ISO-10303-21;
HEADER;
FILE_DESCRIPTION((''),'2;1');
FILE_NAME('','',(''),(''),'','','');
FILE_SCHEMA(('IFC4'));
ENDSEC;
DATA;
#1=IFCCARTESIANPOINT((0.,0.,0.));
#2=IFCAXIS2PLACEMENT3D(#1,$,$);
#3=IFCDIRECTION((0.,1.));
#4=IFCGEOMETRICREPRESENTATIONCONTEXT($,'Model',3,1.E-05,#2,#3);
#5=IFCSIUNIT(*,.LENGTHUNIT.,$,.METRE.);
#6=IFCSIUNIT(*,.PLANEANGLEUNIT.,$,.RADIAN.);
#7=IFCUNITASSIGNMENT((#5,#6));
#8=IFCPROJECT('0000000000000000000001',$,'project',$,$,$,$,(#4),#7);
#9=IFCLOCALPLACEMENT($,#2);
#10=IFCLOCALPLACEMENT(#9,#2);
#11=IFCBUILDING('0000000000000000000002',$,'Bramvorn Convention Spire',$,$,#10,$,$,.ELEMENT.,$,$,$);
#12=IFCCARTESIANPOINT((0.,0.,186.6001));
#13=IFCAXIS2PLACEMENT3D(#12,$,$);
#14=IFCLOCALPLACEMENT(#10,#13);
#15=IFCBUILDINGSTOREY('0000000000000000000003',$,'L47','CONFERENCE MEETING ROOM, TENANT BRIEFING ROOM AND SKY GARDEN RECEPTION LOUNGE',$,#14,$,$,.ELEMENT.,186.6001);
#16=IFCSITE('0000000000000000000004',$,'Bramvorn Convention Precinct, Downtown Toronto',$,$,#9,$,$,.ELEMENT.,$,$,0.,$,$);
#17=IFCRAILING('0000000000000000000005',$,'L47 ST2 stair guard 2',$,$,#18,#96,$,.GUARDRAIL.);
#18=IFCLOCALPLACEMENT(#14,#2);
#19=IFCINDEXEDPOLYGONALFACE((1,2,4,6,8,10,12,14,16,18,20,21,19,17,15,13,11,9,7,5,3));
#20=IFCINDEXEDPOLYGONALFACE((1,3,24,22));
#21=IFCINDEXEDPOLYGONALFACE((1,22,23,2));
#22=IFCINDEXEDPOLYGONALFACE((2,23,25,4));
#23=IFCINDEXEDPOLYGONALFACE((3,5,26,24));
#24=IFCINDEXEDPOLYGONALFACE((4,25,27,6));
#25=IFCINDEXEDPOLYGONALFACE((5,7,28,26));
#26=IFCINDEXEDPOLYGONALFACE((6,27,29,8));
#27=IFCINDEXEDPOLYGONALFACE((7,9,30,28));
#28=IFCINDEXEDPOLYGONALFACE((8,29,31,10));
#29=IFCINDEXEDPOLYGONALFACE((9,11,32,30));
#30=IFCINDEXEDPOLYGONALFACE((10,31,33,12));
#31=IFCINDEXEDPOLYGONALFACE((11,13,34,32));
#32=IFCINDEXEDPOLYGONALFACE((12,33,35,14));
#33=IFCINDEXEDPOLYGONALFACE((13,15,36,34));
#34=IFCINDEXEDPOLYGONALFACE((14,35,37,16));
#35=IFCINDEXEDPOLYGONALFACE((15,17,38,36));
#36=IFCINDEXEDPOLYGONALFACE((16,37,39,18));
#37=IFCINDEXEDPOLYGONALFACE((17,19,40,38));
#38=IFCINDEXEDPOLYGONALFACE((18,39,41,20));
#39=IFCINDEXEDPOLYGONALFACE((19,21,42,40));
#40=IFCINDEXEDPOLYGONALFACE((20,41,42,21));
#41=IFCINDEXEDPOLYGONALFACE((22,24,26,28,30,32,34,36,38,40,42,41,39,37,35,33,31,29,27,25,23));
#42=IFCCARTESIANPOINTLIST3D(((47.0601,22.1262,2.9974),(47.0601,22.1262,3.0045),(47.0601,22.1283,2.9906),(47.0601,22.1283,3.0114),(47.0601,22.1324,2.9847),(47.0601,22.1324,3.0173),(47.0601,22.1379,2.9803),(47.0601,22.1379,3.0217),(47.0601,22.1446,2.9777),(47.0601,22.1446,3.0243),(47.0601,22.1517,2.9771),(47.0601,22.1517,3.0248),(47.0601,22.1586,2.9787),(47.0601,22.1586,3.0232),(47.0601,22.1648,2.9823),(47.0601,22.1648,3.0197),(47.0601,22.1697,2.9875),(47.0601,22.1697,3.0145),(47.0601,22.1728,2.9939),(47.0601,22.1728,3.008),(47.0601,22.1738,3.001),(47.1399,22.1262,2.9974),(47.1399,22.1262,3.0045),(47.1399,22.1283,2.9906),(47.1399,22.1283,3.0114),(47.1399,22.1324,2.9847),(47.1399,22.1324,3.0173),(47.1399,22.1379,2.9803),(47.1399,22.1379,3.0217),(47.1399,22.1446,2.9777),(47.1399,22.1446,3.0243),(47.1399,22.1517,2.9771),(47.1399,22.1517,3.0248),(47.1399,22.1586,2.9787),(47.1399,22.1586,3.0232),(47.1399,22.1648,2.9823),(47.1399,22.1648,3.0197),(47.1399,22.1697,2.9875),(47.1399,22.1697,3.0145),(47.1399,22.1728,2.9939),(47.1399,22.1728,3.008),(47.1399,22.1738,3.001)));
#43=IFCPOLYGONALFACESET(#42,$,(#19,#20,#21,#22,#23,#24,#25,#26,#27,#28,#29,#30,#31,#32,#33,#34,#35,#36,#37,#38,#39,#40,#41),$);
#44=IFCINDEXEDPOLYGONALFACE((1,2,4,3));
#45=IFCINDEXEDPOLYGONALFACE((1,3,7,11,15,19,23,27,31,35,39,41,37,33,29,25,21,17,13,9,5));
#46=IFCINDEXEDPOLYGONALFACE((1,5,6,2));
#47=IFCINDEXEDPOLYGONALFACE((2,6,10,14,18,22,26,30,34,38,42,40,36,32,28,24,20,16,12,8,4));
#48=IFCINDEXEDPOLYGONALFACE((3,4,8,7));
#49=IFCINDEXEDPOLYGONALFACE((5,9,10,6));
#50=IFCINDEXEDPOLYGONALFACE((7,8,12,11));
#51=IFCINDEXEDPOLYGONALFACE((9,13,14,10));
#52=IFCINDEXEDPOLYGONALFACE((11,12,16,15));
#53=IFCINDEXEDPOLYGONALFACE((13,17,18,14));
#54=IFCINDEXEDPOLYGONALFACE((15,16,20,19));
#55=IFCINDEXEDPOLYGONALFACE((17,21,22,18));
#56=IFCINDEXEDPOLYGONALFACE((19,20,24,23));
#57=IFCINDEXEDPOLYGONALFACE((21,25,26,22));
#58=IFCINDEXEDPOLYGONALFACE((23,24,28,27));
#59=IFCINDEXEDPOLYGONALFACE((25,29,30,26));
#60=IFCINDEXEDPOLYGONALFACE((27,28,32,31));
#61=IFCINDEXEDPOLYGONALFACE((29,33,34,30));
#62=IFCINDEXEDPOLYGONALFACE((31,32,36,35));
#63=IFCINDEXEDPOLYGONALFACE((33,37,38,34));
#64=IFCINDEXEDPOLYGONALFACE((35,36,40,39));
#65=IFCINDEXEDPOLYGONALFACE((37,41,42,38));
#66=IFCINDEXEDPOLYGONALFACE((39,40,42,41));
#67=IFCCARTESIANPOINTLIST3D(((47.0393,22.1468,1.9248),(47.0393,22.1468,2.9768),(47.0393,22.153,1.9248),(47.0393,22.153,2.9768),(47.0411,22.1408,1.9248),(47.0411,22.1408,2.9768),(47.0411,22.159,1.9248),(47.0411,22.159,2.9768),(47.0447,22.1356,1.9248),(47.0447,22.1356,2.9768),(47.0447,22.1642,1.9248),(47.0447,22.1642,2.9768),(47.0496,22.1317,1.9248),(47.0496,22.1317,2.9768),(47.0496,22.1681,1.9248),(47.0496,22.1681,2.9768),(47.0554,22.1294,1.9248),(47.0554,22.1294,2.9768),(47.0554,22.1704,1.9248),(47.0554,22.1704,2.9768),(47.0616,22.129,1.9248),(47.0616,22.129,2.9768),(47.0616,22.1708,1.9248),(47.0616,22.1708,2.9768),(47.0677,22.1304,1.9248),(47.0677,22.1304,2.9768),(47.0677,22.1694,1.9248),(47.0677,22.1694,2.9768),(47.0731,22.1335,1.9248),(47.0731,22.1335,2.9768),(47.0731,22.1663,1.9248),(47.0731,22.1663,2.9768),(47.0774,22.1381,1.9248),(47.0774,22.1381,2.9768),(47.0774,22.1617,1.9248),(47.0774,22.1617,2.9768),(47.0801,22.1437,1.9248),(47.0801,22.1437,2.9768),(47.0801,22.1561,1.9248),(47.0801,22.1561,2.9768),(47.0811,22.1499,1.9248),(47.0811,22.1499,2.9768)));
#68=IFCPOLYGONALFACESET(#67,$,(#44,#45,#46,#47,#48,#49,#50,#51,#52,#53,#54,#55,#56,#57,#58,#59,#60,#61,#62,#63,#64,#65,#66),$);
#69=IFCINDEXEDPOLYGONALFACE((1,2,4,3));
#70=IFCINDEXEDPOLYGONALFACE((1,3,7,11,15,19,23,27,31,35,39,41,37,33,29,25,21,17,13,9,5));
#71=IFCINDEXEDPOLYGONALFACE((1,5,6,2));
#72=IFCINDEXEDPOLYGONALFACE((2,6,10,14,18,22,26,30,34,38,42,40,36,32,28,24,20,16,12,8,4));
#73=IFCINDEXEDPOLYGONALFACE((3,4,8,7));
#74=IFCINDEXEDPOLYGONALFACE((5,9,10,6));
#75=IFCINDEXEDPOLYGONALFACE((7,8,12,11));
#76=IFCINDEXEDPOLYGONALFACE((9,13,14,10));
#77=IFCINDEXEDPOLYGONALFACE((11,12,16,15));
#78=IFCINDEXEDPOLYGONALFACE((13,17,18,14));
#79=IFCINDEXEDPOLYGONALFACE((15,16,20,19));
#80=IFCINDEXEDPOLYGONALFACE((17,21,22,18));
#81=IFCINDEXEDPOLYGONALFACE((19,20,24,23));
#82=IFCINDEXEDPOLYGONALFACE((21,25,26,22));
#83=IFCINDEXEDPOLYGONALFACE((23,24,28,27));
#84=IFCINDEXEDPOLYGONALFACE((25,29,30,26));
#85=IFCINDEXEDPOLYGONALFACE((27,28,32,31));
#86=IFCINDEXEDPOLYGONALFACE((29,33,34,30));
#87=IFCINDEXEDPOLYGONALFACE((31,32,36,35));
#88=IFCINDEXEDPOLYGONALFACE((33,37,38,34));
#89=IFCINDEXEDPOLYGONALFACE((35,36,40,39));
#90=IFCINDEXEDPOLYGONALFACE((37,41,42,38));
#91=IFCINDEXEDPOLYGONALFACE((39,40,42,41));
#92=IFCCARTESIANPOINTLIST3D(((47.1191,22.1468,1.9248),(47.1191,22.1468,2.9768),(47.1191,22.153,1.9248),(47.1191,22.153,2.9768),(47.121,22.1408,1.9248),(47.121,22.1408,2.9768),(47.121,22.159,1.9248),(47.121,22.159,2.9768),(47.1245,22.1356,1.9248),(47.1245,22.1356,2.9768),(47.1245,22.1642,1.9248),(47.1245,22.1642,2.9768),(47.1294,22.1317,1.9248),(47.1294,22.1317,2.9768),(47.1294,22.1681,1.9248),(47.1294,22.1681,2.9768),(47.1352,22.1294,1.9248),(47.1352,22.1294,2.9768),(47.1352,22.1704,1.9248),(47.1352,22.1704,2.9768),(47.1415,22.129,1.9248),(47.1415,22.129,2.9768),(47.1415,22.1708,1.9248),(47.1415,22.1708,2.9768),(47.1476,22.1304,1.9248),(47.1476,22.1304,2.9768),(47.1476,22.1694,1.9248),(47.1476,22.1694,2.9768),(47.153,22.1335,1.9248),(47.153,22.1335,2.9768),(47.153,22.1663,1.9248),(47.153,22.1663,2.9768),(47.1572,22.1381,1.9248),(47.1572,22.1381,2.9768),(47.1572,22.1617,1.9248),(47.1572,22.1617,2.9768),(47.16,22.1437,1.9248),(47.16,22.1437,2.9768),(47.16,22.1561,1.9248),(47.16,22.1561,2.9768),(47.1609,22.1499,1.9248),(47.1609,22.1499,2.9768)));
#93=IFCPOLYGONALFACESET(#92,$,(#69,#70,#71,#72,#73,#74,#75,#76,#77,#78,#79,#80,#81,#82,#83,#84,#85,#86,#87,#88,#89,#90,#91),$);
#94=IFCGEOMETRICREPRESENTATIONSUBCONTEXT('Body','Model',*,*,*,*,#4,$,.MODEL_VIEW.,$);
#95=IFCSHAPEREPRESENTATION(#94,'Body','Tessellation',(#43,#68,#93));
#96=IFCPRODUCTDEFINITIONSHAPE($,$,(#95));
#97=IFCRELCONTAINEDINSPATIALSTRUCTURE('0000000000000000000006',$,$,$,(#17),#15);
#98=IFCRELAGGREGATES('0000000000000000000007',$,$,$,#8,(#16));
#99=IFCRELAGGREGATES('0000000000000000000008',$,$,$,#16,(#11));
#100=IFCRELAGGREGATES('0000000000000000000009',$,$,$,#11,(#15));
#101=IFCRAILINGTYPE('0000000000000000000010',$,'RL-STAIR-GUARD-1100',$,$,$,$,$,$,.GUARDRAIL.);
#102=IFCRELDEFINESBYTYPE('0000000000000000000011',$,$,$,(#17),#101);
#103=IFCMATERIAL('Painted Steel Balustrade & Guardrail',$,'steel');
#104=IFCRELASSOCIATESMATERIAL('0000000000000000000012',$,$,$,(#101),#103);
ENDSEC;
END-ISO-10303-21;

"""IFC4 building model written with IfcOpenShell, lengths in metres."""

from ifc_helpers import new_model, si_unit, direction, frame, origin, origin_2d, place, context, subcontext, project, spatial, circle, extrude, material, type_object, element, save


model = new_model("IFC4")

# Units and contexts
model_context = context("Model", 3, precision=1e-05, world=origin(), true_north=direction((0.0, 1.0)))
body_context = subcontext(model_context, "Body", "Model", "MODEL_VIEW")
ifc_project = project(units=[si_unit("LENGTHUNIT", "METRE"), si_unit("PLANEANGLEUNIT", "RADIAN")], contexts=[model_context])

# Site, building, storey
site_placement = place(None, origin())
site = spatial("IfcSite", under=ifc_project, at=site_placement, Name="Bramvorn Convention Precinct, Downtown Toronto", CompositionType="ELEMENT", RefElevation=0.0)
building_placement = place(site_placement, origin())
building = spatial("IfcBuilding", under=site, at=building_placement, Name="Bramvorn Convention Spire", CompositionType="ELEMENT")
storey_placement = place(building_placement, frame((0.0, 0.0, 186.6001)))
storey = spatial("IfcBuildingStorey", under=building, at=storey_placement, Name="L47", Description="CONFERENCE MEETING ROOM, TENANT BRIEFING ROOM AND SKY GARDEN RECEPTION LOUNGE", CompositionType="ELEMENT", Elevation=186.6001)

# Railing
ifc_material_1 = material(Name="Painted Steel Balustrade & Guardrail", Category="steel")
railing_type_1 = type_object("IfcRailingType", Name="RL-STAIR-GUARD-1100", PredefinedType="GUARDRAIL", material=ifc_material_1)
railing_1_placement = place(storey_placement, frame((47.0601, 22.1499, 1.9248)))
element("IfcRailing", 1, at=railing_1_placement, inside=storey, type_object=railing_type_1, Name="L47 ST2 stair guard 2", PredefinedType="GUARDRAIL", context=body_context, shape_type="SweptSolid", body=[
    extrude(circle(Radius=0.0239, at=origin_2d()), frame((0.0, 0.0, 1.0762), z_axis=(1.0, 0.0, 0.0), x_axis=(0.0, 1.0, 0.0)), (0.0, 0.0, 1.0), 0.0798),
    extrude(circle(Radius=0.021, at=origin_2d()), origin(), (0.0, 0.0, 1.0), 1.052),
    extrude(circle(Radius=0.021, at=origin_2d()), frame((0.0798, 0.0, 0.0)), (0.0, 0.0, 1.0), 1.052),
])

save(model, "model.ifc")
